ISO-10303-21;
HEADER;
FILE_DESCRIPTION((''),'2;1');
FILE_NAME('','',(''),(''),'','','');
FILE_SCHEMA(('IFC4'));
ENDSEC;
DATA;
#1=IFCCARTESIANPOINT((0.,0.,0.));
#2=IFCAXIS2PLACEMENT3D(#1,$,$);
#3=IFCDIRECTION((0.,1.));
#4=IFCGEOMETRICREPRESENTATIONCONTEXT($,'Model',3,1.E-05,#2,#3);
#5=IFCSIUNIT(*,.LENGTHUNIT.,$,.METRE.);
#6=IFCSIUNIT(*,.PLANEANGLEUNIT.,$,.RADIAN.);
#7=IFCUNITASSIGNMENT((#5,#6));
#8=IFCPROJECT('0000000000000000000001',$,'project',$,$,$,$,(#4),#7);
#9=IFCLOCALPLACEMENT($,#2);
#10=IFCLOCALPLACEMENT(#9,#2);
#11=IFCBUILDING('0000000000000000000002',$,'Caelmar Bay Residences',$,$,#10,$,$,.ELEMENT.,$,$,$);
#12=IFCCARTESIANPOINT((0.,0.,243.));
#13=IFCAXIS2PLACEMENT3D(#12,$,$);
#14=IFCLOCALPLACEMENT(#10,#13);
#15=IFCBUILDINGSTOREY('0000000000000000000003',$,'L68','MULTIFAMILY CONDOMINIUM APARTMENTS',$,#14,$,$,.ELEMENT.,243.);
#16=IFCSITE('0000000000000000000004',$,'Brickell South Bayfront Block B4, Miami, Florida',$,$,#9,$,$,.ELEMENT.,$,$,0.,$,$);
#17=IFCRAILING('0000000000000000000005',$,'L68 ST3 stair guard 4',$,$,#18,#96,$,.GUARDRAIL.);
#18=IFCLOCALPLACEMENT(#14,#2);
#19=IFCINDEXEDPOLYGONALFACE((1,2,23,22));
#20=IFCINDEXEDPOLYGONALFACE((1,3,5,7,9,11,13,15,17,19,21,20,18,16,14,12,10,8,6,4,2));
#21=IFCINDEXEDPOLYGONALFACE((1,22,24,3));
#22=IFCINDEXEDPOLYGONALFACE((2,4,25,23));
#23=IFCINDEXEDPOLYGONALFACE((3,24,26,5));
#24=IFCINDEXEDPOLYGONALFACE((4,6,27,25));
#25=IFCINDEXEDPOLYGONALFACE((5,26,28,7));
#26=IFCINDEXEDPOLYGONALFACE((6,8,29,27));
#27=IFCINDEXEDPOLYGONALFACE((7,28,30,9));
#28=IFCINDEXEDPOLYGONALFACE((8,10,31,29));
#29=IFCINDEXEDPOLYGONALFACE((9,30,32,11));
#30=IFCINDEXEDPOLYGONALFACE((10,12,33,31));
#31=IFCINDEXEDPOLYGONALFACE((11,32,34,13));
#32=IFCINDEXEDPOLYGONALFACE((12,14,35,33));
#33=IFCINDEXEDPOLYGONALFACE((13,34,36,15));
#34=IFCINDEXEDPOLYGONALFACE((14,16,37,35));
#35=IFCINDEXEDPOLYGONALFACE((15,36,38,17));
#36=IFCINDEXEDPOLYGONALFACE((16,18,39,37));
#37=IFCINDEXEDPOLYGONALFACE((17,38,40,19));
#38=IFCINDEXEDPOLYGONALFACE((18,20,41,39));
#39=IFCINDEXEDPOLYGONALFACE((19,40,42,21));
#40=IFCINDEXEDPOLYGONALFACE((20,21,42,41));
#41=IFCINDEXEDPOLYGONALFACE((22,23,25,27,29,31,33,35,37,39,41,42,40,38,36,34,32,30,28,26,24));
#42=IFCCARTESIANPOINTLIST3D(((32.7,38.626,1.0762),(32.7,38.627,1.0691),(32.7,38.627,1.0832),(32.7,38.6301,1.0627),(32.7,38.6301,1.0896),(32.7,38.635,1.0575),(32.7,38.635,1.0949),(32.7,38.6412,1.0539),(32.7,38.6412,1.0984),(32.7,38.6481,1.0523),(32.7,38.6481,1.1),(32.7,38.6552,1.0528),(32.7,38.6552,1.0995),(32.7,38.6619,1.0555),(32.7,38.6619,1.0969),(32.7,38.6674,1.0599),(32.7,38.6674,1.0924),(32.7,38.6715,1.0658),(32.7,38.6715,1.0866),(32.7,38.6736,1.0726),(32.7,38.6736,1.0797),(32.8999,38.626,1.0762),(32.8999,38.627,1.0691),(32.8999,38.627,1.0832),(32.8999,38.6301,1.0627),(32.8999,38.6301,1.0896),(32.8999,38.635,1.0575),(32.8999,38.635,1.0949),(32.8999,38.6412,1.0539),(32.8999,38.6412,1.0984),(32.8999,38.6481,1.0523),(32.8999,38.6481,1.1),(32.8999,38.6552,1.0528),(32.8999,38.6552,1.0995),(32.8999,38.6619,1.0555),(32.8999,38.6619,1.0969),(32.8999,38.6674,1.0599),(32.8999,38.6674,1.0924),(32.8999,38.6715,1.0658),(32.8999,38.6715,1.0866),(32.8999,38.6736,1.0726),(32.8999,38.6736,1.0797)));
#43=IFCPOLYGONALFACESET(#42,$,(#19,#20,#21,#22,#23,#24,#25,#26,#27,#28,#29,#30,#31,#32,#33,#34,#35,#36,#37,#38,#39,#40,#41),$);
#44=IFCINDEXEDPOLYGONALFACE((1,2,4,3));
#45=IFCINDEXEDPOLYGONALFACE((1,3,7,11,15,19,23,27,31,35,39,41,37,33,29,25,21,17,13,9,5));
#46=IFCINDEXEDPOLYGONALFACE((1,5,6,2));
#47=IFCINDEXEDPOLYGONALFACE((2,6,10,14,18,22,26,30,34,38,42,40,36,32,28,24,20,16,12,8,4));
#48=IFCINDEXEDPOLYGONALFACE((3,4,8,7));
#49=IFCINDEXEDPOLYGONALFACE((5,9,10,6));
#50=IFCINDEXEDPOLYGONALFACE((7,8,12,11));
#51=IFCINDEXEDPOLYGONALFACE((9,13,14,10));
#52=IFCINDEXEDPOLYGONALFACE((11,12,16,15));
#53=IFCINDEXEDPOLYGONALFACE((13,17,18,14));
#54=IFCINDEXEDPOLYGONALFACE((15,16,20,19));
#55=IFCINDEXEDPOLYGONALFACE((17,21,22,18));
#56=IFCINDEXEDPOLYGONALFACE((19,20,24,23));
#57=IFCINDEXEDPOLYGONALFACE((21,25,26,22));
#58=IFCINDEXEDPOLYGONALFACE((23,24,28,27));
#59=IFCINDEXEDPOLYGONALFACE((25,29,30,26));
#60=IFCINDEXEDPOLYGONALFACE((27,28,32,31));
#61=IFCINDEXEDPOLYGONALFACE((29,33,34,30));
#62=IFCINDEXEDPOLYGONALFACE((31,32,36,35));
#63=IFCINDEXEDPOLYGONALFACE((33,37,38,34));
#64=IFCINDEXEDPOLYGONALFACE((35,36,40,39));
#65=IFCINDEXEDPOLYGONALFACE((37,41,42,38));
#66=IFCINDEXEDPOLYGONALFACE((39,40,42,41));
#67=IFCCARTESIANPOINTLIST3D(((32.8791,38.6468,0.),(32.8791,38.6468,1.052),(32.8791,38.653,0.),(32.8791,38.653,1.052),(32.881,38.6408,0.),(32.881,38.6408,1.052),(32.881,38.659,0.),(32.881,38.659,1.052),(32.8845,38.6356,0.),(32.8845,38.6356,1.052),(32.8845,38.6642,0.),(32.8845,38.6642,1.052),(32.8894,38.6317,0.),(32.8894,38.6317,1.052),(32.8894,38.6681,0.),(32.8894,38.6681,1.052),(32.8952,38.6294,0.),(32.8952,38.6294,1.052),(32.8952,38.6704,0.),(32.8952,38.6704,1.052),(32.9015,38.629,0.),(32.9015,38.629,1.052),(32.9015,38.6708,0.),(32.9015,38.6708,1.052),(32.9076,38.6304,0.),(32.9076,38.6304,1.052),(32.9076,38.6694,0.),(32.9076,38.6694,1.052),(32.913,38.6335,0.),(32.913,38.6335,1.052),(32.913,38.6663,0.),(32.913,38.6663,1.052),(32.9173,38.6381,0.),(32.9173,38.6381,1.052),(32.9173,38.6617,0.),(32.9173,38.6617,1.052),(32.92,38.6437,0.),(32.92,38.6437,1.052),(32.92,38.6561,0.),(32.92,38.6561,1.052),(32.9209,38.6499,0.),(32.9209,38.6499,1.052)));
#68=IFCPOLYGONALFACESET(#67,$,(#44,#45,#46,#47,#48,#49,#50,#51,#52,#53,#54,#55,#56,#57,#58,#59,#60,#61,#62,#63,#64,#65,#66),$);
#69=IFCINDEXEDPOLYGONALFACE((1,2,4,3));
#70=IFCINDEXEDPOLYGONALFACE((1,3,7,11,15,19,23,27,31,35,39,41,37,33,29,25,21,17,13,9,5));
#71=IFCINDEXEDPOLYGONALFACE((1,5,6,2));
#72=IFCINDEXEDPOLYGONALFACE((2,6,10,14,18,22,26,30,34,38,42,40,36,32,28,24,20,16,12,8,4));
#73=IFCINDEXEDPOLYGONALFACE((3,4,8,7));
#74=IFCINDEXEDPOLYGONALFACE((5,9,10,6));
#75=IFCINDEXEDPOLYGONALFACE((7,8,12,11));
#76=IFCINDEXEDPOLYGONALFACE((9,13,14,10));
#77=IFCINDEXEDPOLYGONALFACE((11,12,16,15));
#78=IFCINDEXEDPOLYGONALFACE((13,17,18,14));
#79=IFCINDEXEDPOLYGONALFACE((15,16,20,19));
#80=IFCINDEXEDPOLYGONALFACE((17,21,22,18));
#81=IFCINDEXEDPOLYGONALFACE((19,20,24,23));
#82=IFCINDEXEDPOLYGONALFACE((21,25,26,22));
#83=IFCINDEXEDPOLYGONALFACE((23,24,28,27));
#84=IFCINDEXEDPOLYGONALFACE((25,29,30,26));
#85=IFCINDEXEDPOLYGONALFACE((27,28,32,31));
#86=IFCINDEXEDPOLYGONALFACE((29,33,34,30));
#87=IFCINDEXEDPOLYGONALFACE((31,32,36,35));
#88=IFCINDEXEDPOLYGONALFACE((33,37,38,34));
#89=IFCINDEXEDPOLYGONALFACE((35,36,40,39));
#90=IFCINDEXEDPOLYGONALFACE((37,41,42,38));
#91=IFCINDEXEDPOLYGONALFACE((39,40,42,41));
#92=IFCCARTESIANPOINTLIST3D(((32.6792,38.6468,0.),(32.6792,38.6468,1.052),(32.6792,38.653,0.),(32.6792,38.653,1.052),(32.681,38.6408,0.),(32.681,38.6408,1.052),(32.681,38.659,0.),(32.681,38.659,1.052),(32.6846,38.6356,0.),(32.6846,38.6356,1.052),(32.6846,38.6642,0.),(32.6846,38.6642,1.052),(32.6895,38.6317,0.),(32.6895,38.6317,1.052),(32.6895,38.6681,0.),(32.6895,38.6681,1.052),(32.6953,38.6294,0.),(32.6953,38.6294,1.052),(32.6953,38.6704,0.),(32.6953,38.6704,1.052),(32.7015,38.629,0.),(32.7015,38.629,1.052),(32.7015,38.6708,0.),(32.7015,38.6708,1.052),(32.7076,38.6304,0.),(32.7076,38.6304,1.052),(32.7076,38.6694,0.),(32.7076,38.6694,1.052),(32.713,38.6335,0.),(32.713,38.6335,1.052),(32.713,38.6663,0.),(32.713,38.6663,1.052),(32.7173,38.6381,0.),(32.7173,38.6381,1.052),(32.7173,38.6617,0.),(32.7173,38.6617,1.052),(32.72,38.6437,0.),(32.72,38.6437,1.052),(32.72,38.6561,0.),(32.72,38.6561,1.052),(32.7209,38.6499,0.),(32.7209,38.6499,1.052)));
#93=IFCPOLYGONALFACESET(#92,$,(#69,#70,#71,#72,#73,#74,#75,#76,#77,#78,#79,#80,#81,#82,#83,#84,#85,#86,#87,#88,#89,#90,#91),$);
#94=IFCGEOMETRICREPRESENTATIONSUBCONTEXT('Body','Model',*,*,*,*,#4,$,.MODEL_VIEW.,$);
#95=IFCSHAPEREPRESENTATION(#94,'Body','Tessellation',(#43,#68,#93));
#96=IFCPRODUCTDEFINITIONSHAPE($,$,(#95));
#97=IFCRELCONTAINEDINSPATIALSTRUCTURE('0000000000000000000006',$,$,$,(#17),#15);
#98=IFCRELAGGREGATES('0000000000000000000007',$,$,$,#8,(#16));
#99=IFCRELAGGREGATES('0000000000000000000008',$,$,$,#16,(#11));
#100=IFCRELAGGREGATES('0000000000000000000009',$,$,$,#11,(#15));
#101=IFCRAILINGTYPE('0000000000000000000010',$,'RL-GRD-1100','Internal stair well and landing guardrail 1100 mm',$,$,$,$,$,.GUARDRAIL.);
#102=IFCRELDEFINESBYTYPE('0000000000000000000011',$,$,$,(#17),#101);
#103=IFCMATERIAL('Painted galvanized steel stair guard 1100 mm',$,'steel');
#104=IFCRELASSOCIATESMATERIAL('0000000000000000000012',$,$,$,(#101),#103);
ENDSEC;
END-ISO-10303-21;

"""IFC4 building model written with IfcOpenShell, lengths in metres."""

from ifc_helpers import new_model, si_unit, direction, frame, origin, origin_2d, place, context, subcontext, project, spatial, circle, extrude, material, type_object, element, save


model = new_model("IFC4")

# Units and contexts
model_context = context("Model", 3, precision=1e-05, world=origin(), true_north=direction((0.0, 1.0)))
body_context = subcontext(model_context, "Body", "Model", "MODEL_VIEW")
ifc_project = project(units=[si_unit("LENGTHUNIT", "METRE"), si_unit("PLANEANGLEUNIT", "RADIAN")], contexts=[model_context])

# Site, building, storey
site_placement = place(None, origin())
site = spatial("IfcSite", under=ifc_project, at=site_placement, Name="Brickell South Bayfront Block B4, Miami, Florida", CompositionType="ELEMENT", RefElevation=0.0)
building_placement = place(site_placement, origin())
building = spatial("IfcBuilding", under=site, at=building_placement, Name="Caelmar Bay Residences", CompositionType="ELEMENT")
storey_placement = place(building_placement, frame((0.0, 0.0, 243.0)))
storey = spatial("IfcBuildingStorey", under=building, at=storey_placement, Name="L68", Description="MULTIFAMILY CONDOMINIUM APARTMENTS", CompositionType="ELEMENT", Elevation=243.0)

# Railing
ifc_material_1 = material(Name="Painted galvanized steel stair guard 1100 mm", Category="steel")
railing_type_1 = type_object("IfcRailingType", Name="RL-GRD-1100", Description="Internal stair well and landing guardrail 1100 mm", PredefinedType="GUARDRAIL", material=ifc_material_1)
railing_1_placement = place(storey_placement, frame((32.8999, 38.6499, 0.0)))
element("IfcRailing", 1, at=railing_1_placement, inside=storey, type_object=railing_type_1, Name="L68 ST3 stair guard 4", PredefinedType="GUARDRAIL", context=body_context, shape_type="SweptSolid", body=[
    extrude(circle(Radius=0.0239, at=origin_2d()), frame((0.0, 0.0, 1.0762), z_axis=(-1.0, 0.0, 0.0), x_axis=(0.0, -1.0, 0.0)), (0.0, 0.0, 1.0), 0.2),
    extrude(circle(Radius=0.021, at=origin_2d()), origin(), (0.0, 0.0, 1.0), 1.052),
    extrude(circle(Radius=0.021, at=origin_2d()), frame((-0.2, 0.0, 0.0)), (0.0, 0.0, 1.0), 1.052),
])

save(model, "model.ifc")
